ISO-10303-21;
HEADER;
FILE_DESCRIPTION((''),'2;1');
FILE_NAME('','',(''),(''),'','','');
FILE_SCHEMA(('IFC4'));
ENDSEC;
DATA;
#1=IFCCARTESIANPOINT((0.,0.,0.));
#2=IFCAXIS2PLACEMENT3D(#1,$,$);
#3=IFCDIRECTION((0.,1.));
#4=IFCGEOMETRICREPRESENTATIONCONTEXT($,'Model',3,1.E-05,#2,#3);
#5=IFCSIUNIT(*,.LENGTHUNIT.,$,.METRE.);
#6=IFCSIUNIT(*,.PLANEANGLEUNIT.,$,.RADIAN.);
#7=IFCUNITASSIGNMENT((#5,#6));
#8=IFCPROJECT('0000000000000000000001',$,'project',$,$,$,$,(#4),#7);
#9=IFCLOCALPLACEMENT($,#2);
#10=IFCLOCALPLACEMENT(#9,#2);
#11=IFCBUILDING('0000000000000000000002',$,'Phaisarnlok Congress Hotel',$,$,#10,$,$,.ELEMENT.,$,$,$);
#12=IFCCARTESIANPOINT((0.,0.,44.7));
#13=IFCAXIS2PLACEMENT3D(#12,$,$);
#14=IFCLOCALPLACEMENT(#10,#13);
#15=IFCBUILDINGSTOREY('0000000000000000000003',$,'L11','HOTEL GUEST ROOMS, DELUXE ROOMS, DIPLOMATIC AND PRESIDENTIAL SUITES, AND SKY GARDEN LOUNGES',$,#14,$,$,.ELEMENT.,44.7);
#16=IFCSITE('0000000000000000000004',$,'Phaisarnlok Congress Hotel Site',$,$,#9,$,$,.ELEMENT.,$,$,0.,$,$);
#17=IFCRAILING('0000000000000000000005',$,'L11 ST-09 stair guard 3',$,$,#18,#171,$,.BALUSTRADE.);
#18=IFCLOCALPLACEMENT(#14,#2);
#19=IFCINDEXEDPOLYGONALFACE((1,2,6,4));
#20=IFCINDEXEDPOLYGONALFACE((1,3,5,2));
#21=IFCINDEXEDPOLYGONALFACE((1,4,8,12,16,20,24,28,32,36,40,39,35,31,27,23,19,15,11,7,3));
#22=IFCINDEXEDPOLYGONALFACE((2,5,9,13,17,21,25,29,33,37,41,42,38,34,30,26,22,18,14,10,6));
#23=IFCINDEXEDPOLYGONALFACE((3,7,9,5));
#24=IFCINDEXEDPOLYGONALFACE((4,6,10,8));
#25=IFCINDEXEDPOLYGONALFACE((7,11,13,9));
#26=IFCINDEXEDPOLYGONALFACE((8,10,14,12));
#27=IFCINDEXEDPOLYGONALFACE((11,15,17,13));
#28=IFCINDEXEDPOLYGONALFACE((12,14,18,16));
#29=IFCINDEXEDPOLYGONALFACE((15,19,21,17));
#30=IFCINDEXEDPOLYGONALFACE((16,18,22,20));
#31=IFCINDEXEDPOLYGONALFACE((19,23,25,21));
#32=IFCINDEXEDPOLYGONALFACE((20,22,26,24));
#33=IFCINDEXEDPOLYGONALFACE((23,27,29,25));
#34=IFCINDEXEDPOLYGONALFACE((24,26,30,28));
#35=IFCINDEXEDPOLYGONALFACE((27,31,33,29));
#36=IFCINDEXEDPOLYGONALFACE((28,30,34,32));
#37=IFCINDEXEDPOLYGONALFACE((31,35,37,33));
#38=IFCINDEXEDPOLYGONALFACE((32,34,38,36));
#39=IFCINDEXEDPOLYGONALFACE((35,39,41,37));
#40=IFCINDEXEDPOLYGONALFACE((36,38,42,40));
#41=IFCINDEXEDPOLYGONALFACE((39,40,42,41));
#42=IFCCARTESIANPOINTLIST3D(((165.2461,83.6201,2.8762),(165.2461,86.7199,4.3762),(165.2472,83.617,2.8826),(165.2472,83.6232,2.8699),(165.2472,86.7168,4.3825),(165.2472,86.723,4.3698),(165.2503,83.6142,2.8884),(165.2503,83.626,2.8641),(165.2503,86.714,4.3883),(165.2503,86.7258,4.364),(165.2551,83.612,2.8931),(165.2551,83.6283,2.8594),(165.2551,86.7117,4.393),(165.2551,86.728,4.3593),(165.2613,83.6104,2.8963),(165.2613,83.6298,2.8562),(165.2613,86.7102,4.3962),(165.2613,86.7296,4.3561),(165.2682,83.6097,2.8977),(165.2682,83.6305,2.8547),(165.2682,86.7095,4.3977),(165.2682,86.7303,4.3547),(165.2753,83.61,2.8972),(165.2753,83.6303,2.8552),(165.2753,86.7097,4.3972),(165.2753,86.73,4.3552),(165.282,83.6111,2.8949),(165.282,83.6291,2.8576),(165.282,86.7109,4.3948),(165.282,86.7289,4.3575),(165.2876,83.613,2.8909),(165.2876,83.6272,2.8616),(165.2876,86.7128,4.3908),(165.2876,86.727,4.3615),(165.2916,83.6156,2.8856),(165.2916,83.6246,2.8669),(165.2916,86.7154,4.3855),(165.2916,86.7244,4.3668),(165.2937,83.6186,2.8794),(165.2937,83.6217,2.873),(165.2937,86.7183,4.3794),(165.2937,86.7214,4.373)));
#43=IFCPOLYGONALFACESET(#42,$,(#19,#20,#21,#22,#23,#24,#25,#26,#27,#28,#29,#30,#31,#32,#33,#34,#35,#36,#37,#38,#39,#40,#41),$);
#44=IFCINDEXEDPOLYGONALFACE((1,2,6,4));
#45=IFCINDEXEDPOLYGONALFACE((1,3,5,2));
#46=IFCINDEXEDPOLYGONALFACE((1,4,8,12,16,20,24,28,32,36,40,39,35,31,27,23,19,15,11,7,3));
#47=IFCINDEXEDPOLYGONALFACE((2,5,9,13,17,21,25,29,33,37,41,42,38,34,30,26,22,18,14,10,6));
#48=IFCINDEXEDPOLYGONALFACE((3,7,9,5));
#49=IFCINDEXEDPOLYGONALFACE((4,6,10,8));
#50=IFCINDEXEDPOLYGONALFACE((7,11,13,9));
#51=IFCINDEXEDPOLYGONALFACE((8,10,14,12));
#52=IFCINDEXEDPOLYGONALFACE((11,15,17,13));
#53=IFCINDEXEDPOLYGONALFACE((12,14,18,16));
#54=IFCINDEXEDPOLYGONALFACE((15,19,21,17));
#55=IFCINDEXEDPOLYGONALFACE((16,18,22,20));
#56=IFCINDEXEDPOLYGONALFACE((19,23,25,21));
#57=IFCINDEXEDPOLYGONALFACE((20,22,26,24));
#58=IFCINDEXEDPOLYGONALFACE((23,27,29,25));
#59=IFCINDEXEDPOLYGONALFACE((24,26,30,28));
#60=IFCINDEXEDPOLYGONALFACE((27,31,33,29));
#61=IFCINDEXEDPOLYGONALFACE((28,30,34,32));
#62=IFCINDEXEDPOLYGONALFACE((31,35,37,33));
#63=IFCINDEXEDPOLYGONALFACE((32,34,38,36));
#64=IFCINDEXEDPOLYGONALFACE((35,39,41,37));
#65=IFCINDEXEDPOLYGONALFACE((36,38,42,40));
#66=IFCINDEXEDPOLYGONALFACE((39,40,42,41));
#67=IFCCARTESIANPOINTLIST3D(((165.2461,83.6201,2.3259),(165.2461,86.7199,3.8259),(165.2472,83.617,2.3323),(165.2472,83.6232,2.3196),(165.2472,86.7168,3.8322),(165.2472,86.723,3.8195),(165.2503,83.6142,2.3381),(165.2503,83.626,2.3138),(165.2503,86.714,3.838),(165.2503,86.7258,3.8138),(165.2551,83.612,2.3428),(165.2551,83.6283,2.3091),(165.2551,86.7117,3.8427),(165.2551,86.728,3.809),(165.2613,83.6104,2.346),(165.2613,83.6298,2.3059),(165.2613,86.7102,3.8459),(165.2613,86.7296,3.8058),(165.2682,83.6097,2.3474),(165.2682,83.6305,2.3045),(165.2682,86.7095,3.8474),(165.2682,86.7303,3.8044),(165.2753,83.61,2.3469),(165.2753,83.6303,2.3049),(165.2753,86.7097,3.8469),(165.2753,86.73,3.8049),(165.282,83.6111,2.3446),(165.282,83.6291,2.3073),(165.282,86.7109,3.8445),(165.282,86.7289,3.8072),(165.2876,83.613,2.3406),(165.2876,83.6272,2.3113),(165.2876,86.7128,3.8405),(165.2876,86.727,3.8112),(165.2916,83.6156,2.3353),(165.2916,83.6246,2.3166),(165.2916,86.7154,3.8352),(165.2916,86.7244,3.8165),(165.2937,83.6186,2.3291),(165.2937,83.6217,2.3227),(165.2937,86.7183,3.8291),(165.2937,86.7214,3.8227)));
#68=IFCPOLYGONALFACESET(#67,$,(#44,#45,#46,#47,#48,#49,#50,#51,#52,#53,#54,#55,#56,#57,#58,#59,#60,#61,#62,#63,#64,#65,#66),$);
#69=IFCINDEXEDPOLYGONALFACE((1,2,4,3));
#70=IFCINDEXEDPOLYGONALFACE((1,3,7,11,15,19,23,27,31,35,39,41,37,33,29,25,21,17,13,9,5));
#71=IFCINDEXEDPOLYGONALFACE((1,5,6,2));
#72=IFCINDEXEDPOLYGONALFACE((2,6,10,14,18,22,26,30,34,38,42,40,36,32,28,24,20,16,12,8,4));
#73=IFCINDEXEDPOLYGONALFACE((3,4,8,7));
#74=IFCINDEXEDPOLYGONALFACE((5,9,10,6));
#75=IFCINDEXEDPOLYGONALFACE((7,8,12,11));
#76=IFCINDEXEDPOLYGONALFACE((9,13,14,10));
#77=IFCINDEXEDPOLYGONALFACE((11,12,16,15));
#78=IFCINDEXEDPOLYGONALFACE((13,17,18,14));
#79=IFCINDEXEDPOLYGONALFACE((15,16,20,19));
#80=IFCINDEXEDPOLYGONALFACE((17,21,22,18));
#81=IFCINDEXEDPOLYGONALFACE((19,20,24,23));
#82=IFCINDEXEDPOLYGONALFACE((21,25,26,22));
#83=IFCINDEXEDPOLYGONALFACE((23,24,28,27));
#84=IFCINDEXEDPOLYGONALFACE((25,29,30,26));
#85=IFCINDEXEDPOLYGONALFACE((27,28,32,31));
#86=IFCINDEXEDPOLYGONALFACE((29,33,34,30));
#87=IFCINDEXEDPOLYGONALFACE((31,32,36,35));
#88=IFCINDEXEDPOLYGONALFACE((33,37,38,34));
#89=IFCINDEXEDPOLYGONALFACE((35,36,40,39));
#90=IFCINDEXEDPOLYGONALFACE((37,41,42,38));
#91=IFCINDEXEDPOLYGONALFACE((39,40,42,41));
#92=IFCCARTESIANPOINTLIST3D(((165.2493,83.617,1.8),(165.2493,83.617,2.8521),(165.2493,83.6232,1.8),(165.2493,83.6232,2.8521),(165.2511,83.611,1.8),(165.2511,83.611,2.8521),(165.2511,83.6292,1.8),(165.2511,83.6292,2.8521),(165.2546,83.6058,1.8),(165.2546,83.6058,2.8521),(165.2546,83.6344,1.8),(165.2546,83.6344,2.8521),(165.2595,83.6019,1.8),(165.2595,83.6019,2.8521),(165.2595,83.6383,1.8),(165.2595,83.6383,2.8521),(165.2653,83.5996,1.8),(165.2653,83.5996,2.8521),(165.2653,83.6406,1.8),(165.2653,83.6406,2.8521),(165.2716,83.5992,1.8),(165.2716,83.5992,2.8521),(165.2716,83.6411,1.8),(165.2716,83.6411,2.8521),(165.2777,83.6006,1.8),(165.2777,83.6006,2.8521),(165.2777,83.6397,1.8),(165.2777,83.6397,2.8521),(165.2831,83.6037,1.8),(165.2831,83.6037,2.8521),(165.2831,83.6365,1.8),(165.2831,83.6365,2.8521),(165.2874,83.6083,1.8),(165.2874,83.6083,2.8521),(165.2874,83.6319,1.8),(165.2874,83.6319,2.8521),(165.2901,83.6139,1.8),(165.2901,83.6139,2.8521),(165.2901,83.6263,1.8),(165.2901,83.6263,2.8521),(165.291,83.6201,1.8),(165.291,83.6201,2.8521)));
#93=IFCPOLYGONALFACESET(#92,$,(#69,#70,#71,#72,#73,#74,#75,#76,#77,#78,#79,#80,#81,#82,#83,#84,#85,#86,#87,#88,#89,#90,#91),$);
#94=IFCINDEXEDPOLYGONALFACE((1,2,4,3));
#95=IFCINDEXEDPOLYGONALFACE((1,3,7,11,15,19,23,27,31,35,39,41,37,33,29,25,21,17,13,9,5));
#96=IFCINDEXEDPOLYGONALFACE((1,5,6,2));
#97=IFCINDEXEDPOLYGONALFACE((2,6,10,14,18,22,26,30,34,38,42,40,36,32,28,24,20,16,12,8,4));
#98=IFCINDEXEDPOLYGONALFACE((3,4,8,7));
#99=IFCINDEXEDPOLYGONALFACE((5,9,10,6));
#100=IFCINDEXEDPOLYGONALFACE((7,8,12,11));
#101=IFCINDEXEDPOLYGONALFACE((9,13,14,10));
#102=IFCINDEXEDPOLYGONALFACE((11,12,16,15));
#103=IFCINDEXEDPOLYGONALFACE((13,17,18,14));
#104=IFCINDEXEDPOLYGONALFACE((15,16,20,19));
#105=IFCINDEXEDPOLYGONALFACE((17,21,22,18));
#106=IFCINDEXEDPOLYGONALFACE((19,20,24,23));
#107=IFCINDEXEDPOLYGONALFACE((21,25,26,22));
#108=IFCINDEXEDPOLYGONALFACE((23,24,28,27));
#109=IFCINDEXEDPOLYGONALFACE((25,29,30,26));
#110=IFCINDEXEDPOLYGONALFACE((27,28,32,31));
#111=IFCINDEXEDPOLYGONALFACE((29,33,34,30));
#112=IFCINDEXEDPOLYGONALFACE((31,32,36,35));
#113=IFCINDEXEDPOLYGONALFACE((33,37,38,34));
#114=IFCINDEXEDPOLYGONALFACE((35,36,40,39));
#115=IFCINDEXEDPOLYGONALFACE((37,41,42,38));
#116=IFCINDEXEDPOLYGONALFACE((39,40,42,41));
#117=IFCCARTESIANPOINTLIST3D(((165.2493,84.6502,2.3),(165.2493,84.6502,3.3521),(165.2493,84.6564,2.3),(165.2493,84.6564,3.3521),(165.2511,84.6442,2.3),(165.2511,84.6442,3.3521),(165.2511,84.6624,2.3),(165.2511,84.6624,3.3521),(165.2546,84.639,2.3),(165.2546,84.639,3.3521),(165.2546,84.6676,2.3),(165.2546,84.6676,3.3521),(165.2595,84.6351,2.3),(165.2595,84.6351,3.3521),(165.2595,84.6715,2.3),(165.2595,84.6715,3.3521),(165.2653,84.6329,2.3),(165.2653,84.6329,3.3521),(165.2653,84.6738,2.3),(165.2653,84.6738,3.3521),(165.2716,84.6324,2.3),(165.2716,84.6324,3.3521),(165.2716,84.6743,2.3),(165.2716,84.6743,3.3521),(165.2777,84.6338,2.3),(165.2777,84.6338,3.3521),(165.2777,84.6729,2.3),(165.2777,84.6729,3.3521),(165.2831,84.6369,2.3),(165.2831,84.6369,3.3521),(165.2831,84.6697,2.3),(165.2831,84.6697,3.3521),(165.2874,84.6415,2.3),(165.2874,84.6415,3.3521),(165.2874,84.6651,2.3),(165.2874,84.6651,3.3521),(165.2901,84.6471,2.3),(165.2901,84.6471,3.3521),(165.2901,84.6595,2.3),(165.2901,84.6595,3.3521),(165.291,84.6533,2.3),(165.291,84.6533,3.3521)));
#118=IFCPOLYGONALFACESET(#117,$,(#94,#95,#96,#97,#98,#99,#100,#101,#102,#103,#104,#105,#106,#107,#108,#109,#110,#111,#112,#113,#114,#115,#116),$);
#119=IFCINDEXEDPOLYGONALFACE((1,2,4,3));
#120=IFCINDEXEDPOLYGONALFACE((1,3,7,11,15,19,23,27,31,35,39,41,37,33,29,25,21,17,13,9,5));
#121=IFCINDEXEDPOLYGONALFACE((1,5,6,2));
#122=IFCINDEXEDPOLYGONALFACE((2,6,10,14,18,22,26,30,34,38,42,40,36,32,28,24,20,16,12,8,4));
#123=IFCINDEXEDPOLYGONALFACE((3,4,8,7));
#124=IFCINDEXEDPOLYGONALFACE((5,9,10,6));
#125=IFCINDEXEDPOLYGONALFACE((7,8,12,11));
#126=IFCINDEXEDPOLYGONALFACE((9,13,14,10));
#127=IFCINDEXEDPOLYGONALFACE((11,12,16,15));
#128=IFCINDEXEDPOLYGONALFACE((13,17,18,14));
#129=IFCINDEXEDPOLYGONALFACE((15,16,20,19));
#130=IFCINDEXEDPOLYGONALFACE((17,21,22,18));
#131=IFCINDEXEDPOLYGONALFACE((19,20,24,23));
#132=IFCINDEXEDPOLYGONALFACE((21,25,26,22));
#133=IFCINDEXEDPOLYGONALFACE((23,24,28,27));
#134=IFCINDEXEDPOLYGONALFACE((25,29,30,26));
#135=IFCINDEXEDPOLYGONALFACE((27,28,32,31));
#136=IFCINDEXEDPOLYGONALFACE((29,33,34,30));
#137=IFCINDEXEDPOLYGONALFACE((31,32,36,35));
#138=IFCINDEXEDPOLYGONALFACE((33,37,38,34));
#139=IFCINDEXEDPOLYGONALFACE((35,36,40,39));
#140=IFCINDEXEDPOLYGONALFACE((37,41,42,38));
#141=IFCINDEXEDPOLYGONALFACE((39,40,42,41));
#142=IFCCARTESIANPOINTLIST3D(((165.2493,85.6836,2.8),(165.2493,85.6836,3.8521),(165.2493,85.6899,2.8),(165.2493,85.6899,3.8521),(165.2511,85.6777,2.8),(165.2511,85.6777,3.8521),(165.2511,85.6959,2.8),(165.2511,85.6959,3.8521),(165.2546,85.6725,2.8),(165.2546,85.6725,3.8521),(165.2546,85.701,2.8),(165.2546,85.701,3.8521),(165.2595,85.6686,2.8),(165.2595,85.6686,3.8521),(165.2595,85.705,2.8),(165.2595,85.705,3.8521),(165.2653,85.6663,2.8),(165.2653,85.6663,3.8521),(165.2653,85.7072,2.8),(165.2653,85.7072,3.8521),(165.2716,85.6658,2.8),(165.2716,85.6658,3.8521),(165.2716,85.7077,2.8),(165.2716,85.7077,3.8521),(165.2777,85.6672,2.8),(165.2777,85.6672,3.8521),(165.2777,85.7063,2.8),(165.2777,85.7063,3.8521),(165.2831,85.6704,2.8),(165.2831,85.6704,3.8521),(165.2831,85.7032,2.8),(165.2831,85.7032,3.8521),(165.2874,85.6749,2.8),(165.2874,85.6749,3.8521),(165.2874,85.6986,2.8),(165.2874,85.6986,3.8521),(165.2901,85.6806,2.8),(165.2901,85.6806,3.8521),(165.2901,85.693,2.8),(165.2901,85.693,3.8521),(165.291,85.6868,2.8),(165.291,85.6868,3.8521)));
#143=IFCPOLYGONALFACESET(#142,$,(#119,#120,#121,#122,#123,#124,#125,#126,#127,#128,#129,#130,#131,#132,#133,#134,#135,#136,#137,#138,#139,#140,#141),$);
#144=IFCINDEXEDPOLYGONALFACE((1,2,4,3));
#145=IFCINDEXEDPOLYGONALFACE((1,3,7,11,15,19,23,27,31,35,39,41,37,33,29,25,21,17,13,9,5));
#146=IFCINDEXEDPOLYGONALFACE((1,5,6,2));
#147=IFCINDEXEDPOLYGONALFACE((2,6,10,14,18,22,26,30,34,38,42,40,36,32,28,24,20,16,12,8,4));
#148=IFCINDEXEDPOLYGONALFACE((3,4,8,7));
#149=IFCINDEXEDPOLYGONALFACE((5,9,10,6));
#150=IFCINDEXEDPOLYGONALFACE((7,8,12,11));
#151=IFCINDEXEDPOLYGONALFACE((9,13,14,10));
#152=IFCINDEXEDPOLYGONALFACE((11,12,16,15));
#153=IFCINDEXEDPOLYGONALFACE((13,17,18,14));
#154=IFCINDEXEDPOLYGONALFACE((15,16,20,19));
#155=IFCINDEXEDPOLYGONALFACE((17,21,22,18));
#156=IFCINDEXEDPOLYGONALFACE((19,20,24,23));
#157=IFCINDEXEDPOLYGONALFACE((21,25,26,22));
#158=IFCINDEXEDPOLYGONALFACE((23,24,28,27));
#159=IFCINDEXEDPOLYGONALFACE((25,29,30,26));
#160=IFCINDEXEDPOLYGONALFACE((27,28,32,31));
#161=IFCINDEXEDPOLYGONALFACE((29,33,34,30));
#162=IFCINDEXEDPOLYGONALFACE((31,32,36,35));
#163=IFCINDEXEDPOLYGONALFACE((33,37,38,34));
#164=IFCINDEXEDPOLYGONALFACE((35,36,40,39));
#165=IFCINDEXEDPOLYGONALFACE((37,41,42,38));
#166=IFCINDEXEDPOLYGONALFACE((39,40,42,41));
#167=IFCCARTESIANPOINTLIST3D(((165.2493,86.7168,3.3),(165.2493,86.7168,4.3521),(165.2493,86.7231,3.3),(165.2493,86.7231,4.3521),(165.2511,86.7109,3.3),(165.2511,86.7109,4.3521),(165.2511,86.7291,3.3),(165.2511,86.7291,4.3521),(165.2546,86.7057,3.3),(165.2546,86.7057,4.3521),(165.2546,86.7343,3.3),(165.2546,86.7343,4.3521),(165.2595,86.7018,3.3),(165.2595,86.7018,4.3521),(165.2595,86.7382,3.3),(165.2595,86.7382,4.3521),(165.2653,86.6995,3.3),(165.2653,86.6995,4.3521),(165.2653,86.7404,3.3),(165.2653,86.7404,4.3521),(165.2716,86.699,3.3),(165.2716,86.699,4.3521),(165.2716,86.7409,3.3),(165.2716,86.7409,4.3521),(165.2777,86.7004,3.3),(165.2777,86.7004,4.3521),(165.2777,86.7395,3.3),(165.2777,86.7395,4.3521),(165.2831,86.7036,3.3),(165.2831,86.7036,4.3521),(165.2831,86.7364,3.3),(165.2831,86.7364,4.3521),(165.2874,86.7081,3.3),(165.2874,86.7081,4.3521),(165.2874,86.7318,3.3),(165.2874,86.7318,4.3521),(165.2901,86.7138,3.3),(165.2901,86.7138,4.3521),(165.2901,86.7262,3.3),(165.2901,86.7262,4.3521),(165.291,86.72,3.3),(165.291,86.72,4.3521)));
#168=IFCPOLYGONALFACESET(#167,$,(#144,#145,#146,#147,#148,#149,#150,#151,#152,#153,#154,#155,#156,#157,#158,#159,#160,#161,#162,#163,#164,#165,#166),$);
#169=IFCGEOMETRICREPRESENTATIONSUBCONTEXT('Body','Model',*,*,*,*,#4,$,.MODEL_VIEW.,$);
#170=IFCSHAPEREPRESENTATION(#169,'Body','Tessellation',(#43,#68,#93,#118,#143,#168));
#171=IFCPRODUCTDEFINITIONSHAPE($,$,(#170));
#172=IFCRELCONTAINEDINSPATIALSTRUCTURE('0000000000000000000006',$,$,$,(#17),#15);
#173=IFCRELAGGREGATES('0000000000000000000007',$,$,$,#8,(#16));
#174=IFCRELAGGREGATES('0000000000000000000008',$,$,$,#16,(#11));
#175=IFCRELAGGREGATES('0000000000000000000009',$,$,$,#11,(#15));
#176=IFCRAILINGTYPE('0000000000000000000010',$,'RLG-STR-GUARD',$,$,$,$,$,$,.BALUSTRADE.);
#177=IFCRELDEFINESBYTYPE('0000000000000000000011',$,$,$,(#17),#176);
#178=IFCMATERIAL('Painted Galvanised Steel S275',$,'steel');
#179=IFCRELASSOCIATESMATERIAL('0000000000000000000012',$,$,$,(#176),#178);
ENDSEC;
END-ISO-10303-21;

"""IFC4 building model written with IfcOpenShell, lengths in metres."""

from ifc_helpers import new_model, si_unit, direction, frame, origin, origin_2d, place, context, subcontext, project, spatial, circle, extrude, material, type_object, element, save


model = new_model("IFC4")

# Units and contexts
model_context = context("Model", 3, precision=1e-05, world=origin(), true_north=direction((0.0, 1.0)))
body_context = subcontext(model_context, "Body", "Model", "MODEL_VIEW")
ifc_project = project(units=[si_unit("LENGTHUNIT", "METRE"), si_unit("PLANEANGLEUNIT", "RADIAN")], contexts=[model_context])

# Site, building, storey
site_placement = place(None, origin())
site = spatial("IfcSite", under=ifc_project, at=site_placement, Name="Phaisarnlok Congress Hotel Site", CompositionType="ELEMENT", RefElevation=0.0)
building_placement = place(site_placement, origin())
building = spatial("IfcBuilding", under=site, at=building_placement, Name="Phaisarnlok Congress Hotel", CompositionType="ELEMENT")
storey_placement = place(building_placement, frame((0.0, 0.0, 44.7)))
storey = spatial("IfcBuildingStorey", under=building, at=storey_placement, Name="L11", Description="HOTEL GUEST ROOMS, DELUXE ROOMS, DIPLOMATIC AND PRESIDENTIAL SUITES, AND SKY GARDEN LOUNGES", CompositionType="ELEMENT", Elevation=44.7)

# Railing
ifc_material_1 = material(Name="Painted Galvanised Steel S275", Category="steel")
railing_type_1 = type_object("IfcRailingType", Name="RLG-STR-GUARD", PredefinedType="BALUSTRADE", material=ifc_material_1)
railing_1_placement = place(storey_placement, frame((165.27, 83.6201, 1.8)))
element("IfcRailing", 1, at=railing_1_placement, inside=storey, type_object=railing_type_1, Name="L11 ST-09 stair guard 3", PredefinedType="BALUSTRADE", context=body_context, shape_type="SweptSolid", body=[
    extrude(circle(Radius=0.0239, at=origin_2d()), frame((0.0, 0.0, 1.0762), z_axis=(0.0, 0.900151, 0.435578), x_axis=(-1.0, 0.0, 0.0)), (0.0, 0.0, 1.0), 3.4436),
    extrude(circle(Radius=0.0239, at=origin_2d()), frame((0.0, 0.0, 0.5259), z_axis=(0.0, 0.900151, 0.435578), x_axis=(-1.0, 0.0, 0.0)), (0.0, 0.0, 1.0), 3.4436),
    extrude(circle(Radius=0.021, at=origin_2d()), origin(), (0.0, 0.0, 1.0), 1.052),
    extrude(circle(Radius=0.021, at=origin_2d()), frame((0.0, 1.0332, 0.5)), (0.0, 0.0, 1.0), 1.052),
    extrude(circle(Radius=0.021, at=origin_2d()), frame((0.0, 2.0667, 1.0)), (0.0, 0.0, 1.0), 1.052),
    extrude(circle(Radius=0.021, at=origin_2d()), frame((0.0, 3.0999, 1.5)), (0.0, 0.0, 1.0), 1.052),
])

save(model, "model.ifc")
